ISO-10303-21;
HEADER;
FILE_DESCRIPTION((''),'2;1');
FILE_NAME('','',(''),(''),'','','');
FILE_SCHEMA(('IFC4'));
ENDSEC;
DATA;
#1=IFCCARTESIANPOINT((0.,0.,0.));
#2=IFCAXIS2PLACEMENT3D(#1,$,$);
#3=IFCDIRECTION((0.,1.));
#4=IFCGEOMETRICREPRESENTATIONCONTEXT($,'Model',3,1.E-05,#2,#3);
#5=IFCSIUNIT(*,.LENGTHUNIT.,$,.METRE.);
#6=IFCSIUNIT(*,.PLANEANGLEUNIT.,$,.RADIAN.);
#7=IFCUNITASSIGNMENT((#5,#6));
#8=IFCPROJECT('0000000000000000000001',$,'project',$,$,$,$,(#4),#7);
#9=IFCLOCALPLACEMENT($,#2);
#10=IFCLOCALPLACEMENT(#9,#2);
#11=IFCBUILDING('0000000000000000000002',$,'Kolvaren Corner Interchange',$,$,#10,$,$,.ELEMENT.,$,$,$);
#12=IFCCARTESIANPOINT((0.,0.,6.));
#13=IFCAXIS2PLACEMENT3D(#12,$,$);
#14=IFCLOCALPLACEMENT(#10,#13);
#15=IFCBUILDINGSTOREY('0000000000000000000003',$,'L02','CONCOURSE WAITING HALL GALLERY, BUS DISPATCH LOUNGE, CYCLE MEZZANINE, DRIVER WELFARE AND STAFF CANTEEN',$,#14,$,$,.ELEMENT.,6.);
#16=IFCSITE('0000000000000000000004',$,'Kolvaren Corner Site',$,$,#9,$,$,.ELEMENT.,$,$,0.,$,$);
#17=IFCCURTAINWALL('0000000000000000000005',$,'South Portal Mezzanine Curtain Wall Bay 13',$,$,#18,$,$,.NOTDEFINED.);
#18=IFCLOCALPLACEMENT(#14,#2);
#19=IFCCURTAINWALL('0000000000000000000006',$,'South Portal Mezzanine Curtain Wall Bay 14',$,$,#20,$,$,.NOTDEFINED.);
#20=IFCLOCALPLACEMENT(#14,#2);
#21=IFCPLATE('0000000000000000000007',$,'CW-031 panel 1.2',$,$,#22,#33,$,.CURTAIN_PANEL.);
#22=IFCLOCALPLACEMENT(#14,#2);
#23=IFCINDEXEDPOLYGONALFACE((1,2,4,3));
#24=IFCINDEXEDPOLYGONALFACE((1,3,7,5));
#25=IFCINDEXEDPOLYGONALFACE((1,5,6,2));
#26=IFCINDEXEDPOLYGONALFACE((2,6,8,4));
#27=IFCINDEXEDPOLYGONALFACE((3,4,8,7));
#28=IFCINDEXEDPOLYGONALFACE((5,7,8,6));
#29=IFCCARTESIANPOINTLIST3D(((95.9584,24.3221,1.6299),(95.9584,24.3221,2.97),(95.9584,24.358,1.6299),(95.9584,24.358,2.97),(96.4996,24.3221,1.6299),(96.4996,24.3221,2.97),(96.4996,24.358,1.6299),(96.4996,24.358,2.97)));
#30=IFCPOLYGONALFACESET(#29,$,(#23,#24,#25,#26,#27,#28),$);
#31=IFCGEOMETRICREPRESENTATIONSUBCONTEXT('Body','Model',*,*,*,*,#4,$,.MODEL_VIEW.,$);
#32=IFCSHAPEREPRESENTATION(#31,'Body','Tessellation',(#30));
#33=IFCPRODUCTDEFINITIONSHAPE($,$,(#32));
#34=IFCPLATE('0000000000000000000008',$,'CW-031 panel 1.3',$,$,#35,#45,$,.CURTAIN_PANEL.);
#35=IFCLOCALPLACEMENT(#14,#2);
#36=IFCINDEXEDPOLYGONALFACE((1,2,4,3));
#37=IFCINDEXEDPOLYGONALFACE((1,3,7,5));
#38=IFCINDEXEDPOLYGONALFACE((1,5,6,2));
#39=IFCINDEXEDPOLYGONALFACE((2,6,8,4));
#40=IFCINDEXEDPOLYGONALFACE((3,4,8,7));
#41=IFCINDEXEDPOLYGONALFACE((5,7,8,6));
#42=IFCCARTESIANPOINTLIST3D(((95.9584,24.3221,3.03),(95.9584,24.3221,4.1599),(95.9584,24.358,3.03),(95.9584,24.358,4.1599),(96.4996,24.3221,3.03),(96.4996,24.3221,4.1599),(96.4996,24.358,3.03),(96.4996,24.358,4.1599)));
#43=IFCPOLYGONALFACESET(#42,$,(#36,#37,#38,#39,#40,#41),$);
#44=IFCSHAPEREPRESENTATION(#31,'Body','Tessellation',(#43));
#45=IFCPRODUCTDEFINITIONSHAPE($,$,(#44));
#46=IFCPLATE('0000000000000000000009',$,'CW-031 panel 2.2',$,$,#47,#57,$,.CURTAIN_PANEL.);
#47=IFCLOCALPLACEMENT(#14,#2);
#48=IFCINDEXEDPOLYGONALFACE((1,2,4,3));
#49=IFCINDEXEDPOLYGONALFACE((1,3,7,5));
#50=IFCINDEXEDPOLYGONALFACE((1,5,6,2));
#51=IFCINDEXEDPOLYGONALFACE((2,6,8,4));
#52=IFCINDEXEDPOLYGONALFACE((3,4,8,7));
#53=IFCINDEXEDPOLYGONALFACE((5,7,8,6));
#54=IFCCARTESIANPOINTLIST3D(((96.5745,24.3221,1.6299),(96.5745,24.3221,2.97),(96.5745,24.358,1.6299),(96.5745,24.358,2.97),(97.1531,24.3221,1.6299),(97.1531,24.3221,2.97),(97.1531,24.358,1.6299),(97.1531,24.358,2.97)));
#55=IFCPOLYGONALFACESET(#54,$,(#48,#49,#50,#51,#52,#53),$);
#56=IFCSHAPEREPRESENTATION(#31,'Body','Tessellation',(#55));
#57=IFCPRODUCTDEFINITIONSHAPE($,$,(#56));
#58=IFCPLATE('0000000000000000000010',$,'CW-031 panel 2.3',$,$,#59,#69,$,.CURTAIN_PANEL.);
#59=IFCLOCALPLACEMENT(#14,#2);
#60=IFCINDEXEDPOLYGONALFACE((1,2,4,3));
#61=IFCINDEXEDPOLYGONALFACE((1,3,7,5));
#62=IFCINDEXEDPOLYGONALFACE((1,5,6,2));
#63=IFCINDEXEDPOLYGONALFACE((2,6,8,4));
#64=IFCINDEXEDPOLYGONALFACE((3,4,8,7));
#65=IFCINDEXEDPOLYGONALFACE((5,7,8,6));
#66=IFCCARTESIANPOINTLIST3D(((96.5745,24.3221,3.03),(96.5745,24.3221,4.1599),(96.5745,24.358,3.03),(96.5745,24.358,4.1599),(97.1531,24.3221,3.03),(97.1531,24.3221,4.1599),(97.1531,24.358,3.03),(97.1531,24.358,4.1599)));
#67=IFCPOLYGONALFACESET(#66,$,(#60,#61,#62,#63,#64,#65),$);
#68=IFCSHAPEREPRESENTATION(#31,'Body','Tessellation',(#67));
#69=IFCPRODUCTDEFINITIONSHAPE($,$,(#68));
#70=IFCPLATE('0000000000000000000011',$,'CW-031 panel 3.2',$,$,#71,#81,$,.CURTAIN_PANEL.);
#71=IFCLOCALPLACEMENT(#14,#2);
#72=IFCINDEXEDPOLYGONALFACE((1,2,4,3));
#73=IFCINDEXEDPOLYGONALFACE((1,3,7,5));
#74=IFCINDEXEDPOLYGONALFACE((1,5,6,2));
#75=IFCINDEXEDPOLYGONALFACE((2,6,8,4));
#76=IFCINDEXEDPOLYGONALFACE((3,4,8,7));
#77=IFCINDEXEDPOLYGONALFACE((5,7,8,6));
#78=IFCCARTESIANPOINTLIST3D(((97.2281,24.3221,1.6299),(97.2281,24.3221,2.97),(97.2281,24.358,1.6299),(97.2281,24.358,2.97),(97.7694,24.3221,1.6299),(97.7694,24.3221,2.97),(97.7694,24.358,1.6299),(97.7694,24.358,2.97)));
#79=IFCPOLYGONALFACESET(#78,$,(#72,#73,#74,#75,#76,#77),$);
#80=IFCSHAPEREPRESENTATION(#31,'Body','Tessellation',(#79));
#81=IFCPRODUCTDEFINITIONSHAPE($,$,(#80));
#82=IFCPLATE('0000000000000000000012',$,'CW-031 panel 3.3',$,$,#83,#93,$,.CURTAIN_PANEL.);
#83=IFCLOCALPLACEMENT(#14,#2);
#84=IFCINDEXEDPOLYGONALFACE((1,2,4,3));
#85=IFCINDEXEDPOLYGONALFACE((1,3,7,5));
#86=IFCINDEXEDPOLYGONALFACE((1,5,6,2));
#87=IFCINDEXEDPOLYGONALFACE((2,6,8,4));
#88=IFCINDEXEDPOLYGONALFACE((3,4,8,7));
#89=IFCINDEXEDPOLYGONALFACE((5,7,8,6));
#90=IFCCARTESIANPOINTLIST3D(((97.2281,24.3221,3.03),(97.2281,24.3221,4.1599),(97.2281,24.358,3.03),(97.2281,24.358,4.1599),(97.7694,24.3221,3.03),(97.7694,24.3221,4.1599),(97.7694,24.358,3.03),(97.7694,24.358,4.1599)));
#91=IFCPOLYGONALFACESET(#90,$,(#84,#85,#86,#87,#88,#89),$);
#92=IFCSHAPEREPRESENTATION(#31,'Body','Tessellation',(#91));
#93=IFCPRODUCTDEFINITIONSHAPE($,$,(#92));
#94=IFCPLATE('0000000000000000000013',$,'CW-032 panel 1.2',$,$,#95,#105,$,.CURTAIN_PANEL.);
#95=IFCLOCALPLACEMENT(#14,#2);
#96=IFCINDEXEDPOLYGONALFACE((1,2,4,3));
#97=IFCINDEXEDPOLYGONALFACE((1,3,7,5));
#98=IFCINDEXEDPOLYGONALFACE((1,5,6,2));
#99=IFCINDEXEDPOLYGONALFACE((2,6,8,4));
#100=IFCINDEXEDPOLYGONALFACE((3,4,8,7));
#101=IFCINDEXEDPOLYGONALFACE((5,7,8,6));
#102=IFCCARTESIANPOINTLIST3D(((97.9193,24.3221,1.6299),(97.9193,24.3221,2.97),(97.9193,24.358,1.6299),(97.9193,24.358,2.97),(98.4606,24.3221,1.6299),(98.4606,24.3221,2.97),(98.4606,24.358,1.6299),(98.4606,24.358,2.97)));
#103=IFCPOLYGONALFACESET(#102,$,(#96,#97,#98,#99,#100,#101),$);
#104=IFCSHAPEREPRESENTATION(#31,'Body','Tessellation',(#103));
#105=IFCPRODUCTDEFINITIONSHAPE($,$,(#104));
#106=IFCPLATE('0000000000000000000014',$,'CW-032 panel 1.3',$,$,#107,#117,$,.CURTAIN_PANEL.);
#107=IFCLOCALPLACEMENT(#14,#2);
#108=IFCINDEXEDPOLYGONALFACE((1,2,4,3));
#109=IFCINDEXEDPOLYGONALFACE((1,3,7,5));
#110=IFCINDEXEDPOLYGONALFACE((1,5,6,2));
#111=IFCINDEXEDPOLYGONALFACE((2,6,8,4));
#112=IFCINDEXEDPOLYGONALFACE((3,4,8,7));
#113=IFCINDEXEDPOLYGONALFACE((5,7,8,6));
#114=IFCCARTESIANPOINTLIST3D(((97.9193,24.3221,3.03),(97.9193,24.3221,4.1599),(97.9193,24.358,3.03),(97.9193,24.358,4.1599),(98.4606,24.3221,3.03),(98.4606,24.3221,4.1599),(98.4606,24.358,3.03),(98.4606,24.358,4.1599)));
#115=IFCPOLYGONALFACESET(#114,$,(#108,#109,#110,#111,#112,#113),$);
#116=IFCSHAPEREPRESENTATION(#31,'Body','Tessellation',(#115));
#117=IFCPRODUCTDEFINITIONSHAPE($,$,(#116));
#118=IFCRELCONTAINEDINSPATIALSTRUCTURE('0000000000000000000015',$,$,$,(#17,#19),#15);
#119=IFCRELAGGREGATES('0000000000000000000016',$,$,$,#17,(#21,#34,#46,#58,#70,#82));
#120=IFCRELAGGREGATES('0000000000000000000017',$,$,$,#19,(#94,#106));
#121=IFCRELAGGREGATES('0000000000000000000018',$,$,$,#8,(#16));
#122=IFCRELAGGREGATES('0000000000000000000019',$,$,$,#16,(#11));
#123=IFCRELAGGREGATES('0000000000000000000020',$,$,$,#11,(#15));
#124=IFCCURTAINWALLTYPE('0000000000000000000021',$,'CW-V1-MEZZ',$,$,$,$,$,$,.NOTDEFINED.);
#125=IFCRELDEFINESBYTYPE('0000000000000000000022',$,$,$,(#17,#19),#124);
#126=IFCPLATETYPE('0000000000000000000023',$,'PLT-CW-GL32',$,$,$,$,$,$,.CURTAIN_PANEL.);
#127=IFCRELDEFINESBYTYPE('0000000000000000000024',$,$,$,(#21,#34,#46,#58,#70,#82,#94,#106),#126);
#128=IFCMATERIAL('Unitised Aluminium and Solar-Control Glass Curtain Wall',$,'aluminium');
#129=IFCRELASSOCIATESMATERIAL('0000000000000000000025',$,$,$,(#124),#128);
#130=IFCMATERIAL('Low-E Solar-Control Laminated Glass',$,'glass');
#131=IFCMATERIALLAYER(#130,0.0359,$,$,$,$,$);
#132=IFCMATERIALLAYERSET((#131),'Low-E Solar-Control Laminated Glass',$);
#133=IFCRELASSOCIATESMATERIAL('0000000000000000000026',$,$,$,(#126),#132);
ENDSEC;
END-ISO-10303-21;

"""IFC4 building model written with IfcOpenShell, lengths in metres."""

from ifc_helpers import new_model, si_unit, direction, frame, origin, origin_2d, place, context, subcontext, project, spatial, rectangle, extrude, material, layer, layer_set, type_object, element, aggregate, save


model = new_model("IFC4")

# Units and contexts
model_context = context("Model", 3, precision=1e-05, world=origin(), true_north=direction((0.0, 1.0)))
body_context = subcontext(model_context, "Body", "Model", "MODEL_VIEW")
ifc_project = project(units=[si_unit("LENGTHUNIT", "METRE"), si_unit("PLANEANGLEUNIT", "RADIAN")], contexts=[model_context])

# Site, building, storey
site_placement = place(None, origin())
site = spatial("IfcSite", under=ifc_project, at=site_placement, Name="Kolvaren Corner Site", CompositionType="ELEMENT", RefElevation=0.0)
building_placement = place(site_placement, origin())
building = spatial("IfcBuilding", under=site, at=building_placement, Name="Kolvaren Corner Interchange", CompositionType="ELEMENT")
storey_placement = place(building_placement, frame((0.0, 0.0, 6.0)))
storey = spatial("IfcBuildingStorey", under=building, at=storey_placement, Name="L02", Description="CONCOURSE WAITING HALL GALLERY, BUS DISPATCH LOUNGE, CYCLE MEZZANINE, DRIVER WELFARE AND STAFF CANTEEN", CompositionType="ELEMENT", Elevation=6.0)

# Curtain walls
ifc_material_1 = material(Name="Unitised Aluminium and Solar-Control Glass Curtain Wall", Category="aluminium")
curtain_wall_type = type_object("IfcCurtainWallType", Name="CW-V1-MEZZ", PredefinedType="NOTDEFINED", material=ifc_material_1)
curtain_wall_1_placement = place(storey_placement, origin())
curtain_wall_1 = element("IfcCurtainWall", 1, at=curtain_wall_1_placement, inside=storey, type_object=curtain_wall_type, Name="South Portal Mezzanine Curtain Wall Bay 13", PredefinedType="NOTDEFINED")
curtain_wall_2_placement = place(storey_placement, origin())
curtain_wall_2 = element("IfcCurtainWall", 2, at=curtain_wall_2_placement, inside=storey, type_object=curtain_wall_type, Name="South Portal Mezzanine Curtain Wall Bay 14", PredefinedType="NOTDEFINED")

# Plates
ifc_material_2 = material(Name="Low-E Solar-Control Laminated Glass", Category="glass")
ifc_layer = layer(ifc_material_2, 0.0359)
ifc_layer_set = layer_set([ifc_layer], Name="Low-E Solar-Control Laminated Glass")
plate_type = type_object("IfcPlateType", Name="PLT-CW-GL32", PredefinedType="CURTAIN_PANEL", material=ifc_layer_set)
plate_1_placement = place(storey_placement, frame((96.229, 24.3401, 1.6299), z_axis=(0.0, 0.0, 1.0), x_axis=(1.0, 0.0, 0.0)))
plate_1 = element("IfcPlate", 3, at=plate_1_placement, type_object=plate_type, Name="CW-031 panel 1.2", PredefinedType="CURTAIN_PANEL", context=body_context, shape_type="SweptSolid", body=[
    extrude(rectangle(XDim=0.5413, YDim=0.0359, at=origin_2d()), origin(), (0.0, 0.0, 1.0), 1.3401),
])
plate_2_placement = place(storey_placement, frame((96.229, 24.3401, 3.03), z_axis=(0.0, 0.0, 1.0), x_axis=(1.0, 0.0, 0.0)))
plate_2 = element("IfcPlate", 4, at=plate_2_placement, type_object=plate_type, Name="CW-031 panel 1.3", PredefinedType="CURTAIN_PANEL", context=body_context, shape_type="SweptSolid", body=[
    extrude(rectangle(XDim=0.5413, YDim=0.0359, at=origin_2d()), origin(), (0.0, 0.0, 1.0), 1.1299),
])
plate_3_placement = place(storey_placement, frame((96.8638, 24.3401, 1.6299), z_axis=(0.0, 0.0, 1.0), x_axis=(1.0, 0.0, 0.0)))
plate_3 = element("IfcPlate", 5, at=plate_3_placement, type_object=plate_type, Name="CW-031 panel 2.2", PredefinedType="CURTAIN_PANEL", context=body_context, shape_type="SweptSolid", body=[
    extrude(rectangle(XDim=0.5786, YDim=0.0359, at=origin_2d()), origin(), (0.0, 0.0, 1.0), 1.3401),
])
plate_4_placement = place(storey_placement, frame((96.8638, 24.3401, 3.03), z_axis=(0.0, 0.0, 1.0), x_axis=(1.0, 0.0, 0.0)))
plate_4 = element("IfcPlate", 6, at=plate_4_placement, type_object=plate_type, Name="CW-031 panel 2.3", PredefinedType="CURTAIN_PANEL", context=body_context, shape_type="SweptSolid", body=[
    extrude(rectangle(XDim=0.5786, YDim=0.0359, at=origin_2d()), origin(), (0.0, 0.0, 1.0), 1.1299),
])
plate_5_placement = place(storey_placement, frame((97.4988, 24.3401, 1.6299), z_axis=(0.0, 0.0, 1.0), x_axis=(1.0, 0.0, 0.0)))
plate_5 = element("IfcPlate", 7, at=plate_5_placement, type_object=plate_type, Name="CW-031 panel 3.2", PredefinedType="CURTAIN_PANEL", context=body_context, shape_type="SweptSolid", body=[
    extrude(rectangle(XDim=0.5413, YDim=0.0359, at=origin_2d()), origin(), (0.0, 0.0, 1.0), 1.3401),
])
plate_6_placement = place(storey_placement, frame((97.4988, 24.3401, 3.03), z_axis=(0.0, 0.0, 1.0), x_axis=(1.0, 0.0, 0.0)))
plate_6 = element("IfcPlate", 8, at=plate_6_placement, type_object=plate_type, Name="CW-031 panel 3.3", PredefinedType="CURTAIN_PANEL", context=body_context, shape_type="SweptSolid", body=[
    extrude(rectangle(XDim=0.5413, YDim=0.0359, at=origin_2d()), origin(), (0.0, 0.0, 1.0), 1.1299),
])
aggregate(curtain_wall_1, [plate_1, plate_2, plate_3, plate_4, plate_5, plate_6])
plate_7_placement = place(storey_placement, frame((98.1899, 24.3401, 1.6299), z_axis=(0.0, 0.0, 1.0), x_axis=(1.0, 0.0, 0.0)))
plate_7 = element("IfcPlate", 9, at=plate_7_placement, type_object=plate_type, Name="CW-032 panel 1.2", PredefinedType="CURTAIN_PANEL", context=body_context, shape_type="SweptSolid", body=[
    extrude(rectangle(XDim=0.5413, YDim=0.0359, at=origin_2d()), origin(), (0.0, 0.0, 1.0), 1.3401),
])
plate_8_placement = place(storey_placement, frame((98.1899, 24.3401, 3.03), z_axis=(0.0, 0.0, 1.0), x_axis=(1.0, 0.0, 0.0)))
plate_8 = element("IfcPlate", 10, at=plate_8_placement, type_object=plate_type, Name="CW-032 panel 1.3", PredefinedType="CURTAIN_PANEL", context=body_context, shape_type="SweptSolid", body=[
    extrude(rectangle(XDim=0.5413, YDim=0.0359, at=origin_2d()), origin(), (0.0, 0.0, 1.0), 1.1299),
])
aggregate(curtain_wall_2, [plate_7, plate_8])

save(model, "model.ifc")
